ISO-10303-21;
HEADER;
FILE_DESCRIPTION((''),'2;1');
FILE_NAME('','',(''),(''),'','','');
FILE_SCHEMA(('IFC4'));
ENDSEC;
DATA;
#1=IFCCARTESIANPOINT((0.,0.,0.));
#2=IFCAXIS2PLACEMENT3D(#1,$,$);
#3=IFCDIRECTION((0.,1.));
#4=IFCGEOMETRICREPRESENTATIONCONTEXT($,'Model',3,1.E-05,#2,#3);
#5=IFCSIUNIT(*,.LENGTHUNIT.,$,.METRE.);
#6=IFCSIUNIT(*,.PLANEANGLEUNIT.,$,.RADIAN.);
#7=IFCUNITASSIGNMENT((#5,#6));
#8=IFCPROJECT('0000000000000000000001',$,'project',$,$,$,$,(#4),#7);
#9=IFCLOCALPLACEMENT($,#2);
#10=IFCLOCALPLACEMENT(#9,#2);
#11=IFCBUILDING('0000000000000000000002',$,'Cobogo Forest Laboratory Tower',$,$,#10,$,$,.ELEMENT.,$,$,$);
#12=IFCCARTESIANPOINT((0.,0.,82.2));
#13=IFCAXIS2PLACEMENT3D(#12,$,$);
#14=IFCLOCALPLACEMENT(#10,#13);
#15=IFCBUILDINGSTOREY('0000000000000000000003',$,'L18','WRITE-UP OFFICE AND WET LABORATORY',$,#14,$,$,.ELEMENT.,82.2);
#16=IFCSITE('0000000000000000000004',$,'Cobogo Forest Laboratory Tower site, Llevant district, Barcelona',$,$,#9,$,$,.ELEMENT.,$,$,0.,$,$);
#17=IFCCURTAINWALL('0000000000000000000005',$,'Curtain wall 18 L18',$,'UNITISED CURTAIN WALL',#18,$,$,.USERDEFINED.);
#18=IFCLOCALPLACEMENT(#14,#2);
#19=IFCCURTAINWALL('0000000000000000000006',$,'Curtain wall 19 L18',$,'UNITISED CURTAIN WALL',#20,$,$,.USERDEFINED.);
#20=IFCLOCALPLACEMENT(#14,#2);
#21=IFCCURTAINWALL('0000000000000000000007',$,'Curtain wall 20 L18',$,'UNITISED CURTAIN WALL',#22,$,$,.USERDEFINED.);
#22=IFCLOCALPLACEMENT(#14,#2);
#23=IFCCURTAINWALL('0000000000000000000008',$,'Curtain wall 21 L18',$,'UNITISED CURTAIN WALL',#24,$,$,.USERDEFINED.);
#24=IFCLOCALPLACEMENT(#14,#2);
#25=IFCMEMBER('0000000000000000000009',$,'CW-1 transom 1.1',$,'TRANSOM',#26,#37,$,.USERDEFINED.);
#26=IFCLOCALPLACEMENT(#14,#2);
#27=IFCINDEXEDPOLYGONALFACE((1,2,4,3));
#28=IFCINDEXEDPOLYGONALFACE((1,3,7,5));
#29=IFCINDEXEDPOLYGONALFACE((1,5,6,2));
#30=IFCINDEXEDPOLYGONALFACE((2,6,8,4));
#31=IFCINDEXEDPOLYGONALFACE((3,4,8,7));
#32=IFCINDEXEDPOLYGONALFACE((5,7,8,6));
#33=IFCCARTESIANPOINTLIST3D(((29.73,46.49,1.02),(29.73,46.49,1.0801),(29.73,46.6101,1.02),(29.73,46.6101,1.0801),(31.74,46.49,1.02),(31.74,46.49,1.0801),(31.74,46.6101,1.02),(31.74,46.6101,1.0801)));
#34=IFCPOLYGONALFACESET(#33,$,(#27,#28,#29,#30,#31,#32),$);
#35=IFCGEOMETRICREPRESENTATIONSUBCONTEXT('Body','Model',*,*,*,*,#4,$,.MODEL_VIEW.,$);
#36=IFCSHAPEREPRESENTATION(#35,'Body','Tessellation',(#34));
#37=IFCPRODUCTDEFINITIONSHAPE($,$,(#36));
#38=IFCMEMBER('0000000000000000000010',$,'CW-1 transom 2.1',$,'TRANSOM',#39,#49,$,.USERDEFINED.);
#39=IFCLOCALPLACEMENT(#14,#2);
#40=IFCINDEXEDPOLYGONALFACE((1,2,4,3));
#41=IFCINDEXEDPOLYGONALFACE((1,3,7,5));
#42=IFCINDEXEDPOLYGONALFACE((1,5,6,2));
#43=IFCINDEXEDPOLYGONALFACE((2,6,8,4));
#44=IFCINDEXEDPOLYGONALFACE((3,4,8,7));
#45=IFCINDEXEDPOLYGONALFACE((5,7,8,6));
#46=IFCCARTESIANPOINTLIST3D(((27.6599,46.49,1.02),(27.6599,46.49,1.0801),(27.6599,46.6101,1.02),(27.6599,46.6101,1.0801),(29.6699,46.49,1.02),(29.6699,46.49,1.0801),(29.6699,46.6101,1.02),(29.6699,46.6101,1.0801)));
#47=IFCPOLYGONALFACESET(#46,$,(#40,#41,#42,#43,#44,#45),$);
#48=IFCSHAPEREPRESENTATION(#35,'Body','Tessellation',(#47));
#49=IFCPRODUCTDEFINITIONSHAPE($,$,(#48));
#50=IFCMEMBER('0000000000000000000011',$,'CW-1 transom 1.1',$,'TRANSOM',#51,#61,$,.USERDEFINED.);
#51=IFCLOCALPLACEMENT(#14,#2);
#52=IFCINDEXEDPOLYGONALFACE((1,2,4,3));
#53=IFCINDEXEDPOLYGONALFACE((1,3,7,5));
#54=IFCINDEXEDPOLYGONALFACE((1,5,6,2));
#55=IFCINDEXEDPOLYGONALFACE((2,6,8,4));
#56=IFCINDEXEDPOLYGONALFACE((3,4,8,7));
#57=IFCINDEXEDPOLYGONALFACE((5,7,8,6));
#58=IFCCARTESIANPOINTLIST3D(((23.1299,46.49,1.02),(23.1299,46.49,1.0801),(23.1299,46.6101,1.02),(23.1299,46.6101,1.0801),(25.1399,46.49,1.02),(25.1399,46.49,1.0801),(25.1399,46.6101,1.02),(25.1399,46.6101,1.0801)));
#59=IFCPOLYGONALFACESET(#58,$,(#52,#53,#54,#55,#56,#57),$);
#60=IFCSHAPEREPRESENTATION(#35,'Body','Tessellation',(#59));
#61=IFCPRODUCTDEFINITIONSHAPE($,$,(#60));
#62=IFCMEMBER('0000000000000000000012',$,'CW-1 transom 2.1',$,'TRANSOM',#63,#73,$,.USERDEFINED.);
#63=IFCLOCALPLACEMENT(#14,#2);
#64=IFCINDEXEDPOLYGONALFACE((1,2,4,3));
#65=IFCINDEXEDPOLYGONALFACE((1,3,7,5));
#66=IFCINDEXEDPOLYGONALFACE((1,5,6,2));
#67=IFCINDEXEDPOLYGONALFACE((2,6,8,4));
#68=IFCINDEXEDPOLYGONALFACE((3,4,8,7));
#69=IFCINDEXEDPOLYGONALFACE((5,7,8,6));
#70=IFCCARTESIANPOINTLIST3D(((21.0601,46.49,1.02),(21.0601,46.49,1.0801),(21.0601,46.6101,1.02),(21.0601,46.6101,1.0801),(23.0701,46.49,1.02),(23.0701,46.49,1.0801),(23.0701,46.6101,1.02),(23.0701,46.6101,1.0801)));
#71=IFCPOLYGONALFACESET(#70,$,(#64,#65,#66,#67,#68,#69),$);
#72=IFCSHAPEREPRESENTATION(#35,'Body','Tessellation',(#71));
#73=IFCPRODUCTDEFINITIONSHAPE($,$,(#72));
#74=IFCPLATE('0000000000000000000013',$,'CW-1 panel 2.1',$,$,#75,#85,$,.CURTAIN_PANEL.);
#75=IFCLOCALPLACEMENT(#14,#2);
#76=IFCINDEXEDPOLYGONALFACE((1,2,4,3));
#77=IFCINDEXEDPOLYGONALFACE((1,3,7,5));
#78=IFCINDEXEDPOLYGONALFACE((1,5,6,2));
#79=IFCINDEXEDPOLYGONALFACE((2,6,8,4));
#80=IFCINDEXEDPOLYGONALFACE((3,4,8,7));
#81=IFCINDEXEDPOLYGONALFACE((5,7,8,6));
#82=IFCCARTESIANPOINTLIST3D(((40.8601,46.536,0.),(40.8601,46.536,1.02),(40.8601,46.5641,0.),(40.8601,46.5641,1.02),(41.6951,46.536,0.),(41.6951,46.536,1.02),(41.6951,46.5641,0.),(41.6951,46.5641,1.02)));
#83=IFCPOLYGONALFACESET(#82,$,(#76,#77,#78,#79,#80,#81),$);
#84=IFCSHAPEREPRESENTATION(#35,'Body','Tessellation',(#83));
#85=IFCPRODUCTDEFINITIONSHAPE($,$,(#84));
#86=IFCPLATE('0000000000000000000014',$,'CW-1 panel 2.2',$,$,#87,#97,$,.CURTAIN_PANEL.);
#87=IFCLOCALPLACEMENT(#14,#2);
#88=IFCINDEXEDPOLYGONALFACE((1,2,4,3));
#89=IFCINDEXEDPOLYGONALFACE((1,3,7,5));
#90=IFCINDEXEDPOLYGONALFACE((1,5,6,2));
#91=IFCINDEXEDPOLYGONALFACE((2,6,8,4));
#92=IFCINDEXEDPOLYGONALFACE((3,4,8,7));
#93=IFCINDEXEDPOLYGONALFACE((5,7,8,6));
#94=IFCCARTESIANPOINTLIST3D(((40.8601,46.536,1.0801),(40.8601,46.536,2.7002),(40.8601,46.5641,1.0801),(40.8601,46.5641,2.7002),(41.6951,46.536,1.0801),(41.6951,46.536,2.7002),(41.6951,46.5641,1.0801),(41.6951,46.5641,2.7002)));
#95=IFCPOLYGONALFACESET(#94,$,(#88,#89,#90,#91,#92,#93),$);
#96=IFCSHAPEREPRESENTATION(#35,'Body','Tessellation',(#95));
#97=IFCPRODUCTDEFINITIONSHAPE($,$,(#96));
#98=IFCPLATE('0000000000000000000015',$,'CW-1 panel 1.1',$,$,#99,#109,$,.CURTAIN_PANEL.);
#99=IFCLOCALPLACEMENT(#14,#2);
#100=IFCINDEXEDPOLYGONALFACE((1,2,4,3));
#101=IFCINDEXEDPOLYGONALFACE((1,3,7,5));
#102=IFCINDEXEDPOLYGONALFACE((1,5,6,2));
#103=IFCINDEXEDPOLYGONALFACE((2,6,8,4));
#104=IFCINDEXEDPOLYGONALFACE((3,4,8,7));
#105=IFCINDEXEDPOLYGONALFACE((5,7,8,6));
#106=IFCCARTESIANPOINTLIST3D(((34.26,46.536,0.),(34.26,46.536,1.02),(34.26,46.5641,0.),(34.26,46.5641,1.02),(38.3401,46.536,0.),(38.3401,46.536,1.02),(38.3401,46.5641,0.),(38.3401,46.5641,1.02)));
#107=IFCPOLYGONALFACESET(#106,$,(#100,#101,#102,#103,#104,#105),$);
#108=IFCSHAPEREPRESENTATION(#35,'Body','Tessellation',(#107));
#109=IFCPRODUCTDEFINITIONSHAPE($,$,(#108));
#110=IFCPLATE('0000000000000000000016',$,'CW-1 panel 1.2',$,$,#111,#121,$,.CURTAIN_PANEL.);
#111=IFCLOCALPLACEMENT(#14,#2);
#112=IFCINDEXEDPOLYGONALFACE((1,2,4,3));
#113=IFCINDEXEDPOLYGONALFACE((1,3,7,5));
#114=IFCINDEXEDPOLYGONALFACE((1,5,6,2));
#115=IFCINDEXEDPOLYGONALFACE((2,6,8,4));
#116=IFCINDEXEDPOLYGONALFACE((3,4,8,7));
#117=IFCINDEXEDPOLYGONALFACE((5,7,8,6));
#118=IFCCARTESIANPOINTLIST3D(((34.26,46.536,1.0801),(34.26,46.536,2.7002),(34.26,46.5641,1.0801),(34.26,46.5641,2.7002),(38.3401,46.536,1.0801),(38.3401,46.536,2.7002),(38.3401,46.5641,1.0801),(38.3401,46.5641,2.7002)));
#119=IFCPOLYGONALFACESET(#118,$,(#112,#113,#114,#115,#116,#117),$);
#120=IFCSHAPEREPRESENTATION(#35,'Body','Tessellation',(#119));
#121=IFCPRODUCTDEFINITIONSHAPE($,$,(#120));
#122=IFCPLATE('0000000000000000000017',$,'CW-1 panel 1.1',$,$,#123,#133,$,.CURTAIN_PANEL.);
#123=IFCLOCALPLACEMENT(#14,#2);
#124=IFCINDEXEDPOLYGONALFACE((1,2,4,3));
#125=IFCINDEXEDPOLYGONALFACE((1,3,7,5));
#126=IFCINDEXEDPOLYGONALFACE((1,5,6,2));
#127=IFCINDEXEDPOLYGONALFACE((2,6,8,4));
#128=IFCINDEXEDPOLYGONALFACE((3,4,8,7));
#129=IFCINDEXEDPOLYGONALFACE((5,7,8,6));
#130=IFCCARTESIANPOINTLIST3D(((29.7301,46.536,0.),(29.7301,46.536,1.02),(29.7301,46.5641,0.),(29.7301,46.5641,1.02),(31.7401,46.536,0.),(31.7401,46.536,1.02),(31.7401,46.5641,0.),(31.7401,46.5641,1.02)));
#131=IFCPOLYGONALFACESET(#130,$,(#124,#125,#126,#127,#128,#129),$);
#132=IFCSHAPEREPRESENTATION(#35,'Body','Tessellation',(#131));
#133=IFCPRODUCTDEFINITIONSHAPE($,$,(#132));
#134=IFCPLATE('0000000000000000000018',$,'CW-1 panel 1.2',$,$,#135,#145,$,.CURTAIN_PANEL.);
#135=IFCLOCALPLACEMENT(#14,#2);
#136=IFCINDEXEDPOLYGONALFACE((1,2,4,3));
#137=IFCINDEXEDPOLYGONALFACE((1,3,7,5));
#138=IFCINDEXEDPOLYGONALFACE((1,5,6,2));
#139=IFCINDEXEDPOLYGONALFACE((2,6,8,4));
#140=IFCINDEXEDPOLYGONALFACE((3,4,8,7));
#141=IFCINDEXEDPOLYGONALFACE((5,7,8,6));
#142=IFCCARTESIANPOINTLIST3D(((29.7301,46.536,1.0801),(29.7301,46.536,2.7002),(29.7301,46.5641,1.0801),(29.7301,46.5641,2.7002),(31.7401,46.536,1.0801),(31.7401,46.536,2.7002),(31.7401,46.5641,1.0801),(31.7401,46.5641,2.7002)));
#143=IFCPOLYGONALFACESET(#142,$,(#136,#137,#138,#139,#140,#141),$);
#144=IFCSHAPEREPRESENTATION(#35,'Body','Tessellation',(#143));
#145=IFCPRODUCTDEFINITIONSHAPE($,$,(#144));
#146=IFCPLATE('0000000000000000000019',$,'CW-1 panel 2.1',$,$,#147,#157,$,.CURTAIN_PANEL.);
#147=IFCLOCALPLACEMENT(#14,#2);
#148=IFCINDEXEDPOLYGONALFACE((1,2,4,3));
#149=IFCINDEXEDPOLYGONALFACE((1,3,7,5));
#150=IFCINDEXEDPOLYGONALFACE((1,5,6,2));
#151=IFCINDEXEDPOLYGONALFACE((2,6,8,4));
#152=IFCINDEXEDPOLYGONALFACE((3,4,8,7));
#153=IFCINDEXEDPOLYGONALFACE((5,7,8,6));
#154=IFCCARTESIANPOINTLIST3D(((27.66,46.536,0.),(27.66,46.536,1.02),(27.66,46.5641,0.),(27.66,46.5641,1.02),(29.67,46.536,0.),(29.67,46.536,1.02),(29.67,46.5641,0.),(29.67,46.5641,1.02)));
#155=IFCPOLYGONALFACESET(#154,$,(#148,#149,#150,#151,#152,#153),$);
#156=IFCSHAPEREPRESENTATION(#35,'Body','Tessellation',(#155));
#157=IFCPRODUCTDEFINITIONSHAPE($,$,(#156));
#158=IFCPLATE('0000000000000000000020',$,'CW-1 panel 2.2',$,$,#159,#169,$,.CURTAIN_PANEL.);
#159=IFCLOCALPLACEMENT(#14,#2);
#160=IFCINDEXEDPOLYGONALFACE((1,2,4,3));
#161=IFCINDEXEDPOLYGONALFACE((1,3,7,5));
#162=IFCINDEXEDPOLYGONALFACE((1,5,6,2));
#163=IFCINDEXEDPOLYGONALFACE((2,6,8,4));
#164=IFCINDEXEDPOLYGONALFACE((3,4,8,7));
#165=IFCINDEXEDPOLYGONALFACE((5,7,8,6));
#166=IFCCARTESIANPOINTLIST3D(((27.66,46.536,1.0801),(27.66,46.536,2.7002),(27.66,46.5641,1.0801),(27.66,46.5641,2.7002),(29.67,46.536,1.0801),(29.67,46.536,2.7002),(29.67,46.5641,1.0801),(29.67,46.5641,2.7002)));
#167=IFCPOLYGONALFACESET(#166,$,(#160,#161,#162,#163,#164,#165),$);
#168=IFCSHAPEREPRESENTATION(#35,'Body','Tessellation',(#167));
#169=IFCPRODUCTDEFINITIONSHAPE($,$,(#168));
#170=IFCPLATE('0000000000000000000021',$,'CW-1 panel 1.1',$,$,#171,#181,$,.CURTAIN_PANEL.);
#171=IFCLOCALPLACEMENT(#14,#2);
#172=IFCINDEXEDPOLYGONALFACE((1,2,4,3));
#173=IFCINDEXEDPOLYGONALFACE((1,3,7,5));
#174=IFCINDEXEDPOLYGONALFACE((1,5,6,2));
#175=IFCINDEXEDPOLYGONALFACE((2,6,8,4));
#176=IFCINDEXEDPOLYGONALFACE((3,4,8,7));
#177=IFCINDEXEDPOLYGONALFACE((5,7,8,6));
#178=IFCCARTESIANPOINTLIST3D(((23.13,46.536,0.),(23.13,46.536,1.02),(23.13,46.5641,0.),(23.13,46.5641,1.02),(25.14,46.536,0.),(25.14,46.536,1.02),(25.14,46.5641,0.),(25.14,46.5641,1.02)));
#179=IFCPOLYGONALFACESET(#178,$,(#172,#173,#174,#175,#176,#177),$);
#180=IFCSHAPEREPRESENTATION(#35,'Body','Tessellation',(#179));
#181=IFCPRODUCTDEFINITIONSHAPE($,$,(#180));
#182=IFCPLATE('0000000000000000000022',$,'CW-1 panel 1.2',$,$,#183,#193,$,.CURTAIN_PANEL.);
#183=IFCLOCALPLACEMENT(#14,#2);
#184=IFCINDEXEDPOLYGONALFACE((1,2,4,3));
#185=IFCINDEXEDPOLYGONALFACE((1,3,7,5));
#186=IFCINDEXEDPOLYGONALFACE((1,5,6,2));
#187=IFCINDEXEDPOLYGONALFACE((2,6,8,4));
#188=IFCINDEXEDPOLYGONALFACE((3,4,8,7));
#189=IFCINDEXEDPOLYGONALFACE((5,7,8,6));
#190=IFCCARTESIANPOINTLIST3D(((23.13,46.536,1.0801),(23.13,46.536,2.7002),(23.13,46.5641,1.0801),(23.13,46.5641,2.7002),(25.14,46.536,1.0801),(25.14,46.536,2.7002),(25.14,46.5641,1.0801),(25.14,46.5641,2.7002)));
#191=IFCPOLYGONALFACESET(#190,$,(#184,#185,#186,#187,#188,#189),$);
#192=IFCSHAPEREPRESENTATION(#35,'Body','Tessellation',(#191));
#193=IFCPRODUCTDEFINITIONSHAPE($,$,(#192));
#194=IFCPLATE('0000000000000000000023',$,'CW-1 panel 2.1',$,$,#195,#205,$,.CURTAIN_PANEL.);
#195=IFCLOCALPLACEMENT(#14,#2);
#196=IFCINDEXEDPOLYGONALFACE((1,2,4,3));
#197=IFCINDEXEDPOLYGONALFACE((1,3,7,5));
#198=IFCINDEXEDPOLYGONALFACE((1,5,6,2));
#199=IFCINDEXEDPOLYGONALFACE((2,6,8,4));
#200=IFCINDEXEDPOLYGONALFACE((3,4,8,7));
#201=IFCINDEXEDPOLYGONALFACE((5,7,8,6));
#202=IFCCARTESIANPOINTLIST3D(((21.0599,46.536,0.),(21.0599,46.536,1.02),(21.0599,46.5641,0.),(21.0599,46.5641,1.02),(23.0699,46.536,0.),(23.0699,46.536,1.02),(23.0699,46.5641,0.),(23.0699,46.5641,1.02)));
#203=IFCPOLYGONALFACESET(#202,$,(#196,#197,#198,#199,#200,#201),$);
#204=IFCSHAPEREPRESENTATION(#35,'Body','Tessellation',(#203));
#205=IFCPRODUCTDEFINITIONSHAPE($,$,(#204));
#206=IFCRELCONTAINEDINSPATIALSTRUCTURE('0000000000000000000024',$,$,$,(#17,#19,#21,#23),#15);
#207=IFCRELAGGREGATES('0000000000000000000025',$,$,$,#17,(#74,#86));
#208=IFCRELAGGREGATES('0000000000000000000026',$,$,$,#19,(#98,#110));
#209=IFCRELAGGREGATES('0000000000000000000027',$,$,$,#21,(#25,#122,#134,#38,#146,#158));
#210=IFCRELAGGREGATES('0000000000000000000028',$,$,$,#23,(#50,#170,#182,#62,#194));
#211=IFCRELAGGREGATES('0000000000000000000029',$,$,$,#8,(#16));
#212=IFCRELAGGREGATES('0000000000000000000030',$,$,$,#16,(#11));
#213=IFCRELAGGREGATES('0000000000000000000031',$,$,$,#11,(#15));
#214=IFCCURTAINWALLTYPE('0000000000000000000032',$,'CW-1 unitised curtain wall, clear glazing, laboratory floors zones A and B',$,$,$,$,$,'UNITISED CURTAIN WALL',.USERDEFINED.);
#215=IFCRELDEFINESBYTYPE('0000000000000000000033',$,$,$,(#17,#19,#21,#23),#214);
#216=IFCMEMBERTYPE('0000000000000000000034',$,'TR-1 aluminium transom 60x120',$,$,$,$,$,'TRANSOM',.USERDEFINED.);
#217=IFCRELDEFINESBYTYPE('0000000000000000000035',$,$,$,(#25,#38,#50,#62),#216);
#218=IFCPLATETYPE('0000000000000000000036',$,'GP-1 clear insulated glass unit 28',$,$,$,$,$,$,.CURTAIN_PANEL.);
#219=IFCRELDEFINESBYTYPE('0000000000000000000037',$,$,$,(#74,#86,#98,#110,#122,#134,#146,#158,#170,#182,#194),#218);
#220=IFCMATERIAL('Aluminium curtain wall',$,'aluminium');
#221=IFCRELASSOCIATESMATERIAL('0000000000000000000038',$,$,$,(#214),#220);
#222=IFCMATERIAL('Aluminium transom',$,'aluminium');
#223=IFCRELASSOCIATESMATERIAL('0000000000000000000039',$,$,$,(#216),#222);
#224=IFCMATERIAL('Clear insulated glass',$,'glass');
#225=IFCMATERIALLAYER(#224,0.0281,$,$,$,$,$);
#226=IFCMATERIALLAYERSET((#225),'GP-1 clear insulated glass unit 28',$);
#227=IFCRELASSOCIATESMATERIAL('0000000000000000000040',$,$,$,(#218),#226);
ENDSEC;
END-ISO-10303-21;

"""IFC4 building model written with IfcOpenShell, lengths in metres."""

from ifc_helpers import new_model, si_unit, direction, frame, origin, origin_2d, place, context, subcontext, project, spatial, rectangle, extrude, material, layer, layer_set, material_profile, profile_set, type_object, element, aggregate, save


model = new_model("IFC4")

# Units and contexts
model_context = context("Model", 3, precision=1e-05, world=origin(), true_north=direction((0.0, 1.0)))
body_context = subcontext(model_context, "Body", "Model", "MODEL_VIEW")
ifc_project = project(units=[si_unit("LENGTHUNIT", "METRE"), si_unit("PLANEANGLEUNIT", "RADIAN")], contexts=[model_context])

# Site, building, storey
site_placement = place(None, origin())
site = spatial("IfcSite", under=ifc_project, at=site_placement, Name="Cobogo Forest Laboratory Tower site, Llevant district, Barcelona", CompositionType="ELEMENT", RefElevation=0.0)
building_placement = place(site_placement, origin())
building = spatial("IfcBuilding", under=site, at=building_placement, Name="Cobogo Forest Laboratory Tower", CompositionType="ELEMENT")
storey_placement = place(building_placement, frame((0.0, 0.0, 82.2)))
storey = spatial("IfcBuildingStorey", under=building, at=storey_placement, Name="L18", Description="WRITE-UP OFFICE AND WET LABORATORY", CompositionType="ELEMENT", Elevation=82.2)

# Curtain wall
ifc_material_1 = material(Name="Aluminium curtain wall", Category="aluminium")
curtain_wall_type = type_object("IfcCurtainWallType", Name="CW-1 unitised curtain wall, clear glazing, laboratory floors zones A and B", ElementType="UNITISED CURTAIN WALL", PredefinedType="USERDEFINED", material=ifc_material_1)
curtain_wall_1_placement = place(storey_placement, origin())
curtain_wall_1 = element("IfcCurtainWall", 1, at=curtain_wall_1_placement, inside=storey, type_object=curtain_wall_type, Name="Curtain wall 18 L18", ObjectType="UNITISED CURTAIN WALL", PredefinedType="USERDEFINED")

# Curtain walls
curtain_wall_2_placement = place(storey_placement, origin())
curtain_wall_2 = element("IfcCurtainWall", 2, at=curtain_wall_2_placement, inside=storey, type_object=curtain_wall_type, Name="Curtain wall 19 L18", ObjectType="UNITISED CURTAIN WALL", PredefinedType="USERDEFINED")
curtain_wall_3_placement = place(storey_placement, origin())
curtain_wall_3 = element("IfcCurtainWall", 3, at=curtain_wall_3_placement, inside=storey, type_object=curtain_wall_type, Name="Curtain wall 20 L18", ObjectType="UNITISED CURTAIN WALL", PredefinedType="USERDEFINED")
curtain_wall_4_placement = place(storey_placement, origin())
curtain_wall_4 = element("IfcCurtainWall", 4, at=curtain_wall_4_placement, inside=storey, type_object=curtain_wall_type, Name="Curtain wall 21 L18", ObjectType="UNITISED CURTAIN WALL", PredefinedType="USERDEFINED")

# Members
ifc_material_2 = material(Name="Aluminium transom", Category="aluminium")
ifc_material_profile_1 = material_profile(ifc_material_2, rectangle(XDim=0.1201, YDim=0.0601, at=origin_2d()), Name="AL 60x120")
ifc_profile_set_1 = profile_set([ifc_material_profile_1], Name="Aluminium transom")
member_type_1 = type_object("IfcMemberType", Name="TR-1 aluminium transom 60x120", ElementType="TRANSOM", PredefinedType="USERDEFINED", material=ifc_profile_set_1)
member_1_placement = place(storey_placement, frame((31.74, 46.55, 1.05), z_axis=(-1.0, 0.0, 0.0), x_axis=(0.0, -1.0, 0.0)))
member_1 = element("IfcMember", 5, at=member_1_placement, type_object=member_type_1, Name="CW-1 transom 1.1", ObjectType="TRANSOM", PredefinedType="USERDEFINED", context=body_context, shape_type="SweptSolid", body=[
    extrude(rectangle(XDim=0.1201, YDim=0.0601, at=origin_2d()), origin(), (0.0, 0.0, 1.0), 2.01),
])
member_2_placement = place(storey_placement, frame((29.6699, 46.55, 1.05), z_axis=(-1.0, 0.0, 0.0), x_axis=(0.0, -1.0, 0.0)))
member_2 = element("IfcMember", 6, at=member_2_placement, type_object=member_type_1, Name="CW-1 transom 2.1", ObjectType="TRANSOM", PredefinedType="USERDEFINED", context=body_context, shape_type="SweptSolid", body=[
    extrude(rectangle(XDim=0.1201, YDim=0.0601, at=origin_2d()), origin(), (0.0, 0.0, 1.0), 2.01),
])
member_3_placement = place(storey_placement, frame((25.1399, 46.55, 1.05), z_axis=(-1.0, 0.0, 0.0), x_axis=(0.0, -1.0, 0.0)))
member_3 = element("IfcMember", 7, at=member_3_placement, type_object=member_type_1, Name="CW-1 transom 1.1", ObjectType="TRANSOM", PredefinedType="USERDEFINED", context=body_context, shape_type="SweptSolid", body=[
    extrude(rectangle(XDim=0.1201, YDim=0.0601, at=origin_2d()), origin(), (0.0, 0.0, 1.0), 2.01),
])
member_4_placement = place(storey_placement, frame((23.0701, 46.55, 1.05), z_axis=(-1.0, 0.0, 0.0), x_axis=(0.0, -1.0, 0.0)))
member_4 = element("IfcMember", 8, at=member_4_placement, type_object=member_type_1, Name="CW-1 transom 2.1", ObjectType="TRANSOM", PredefinedType="USERDEFINED", context=body_context, shape_type="SweptSolid", body=[
    extrude(rectangle(XDim=0.1201, YDim=0.0601, at=origin_2d()), origin(), (0.0, 0.0, 1.0), 2.01),
])

# Plates
ifc_material_3 = material(Name="Clear insulated glass", Category="glass")
ifc_layer_1 = layer(ifc_material_3, 0.0281)
ifc_layer_set_1 = layer_set([ifc_layer_1], Name="GP-1 clear insulated glass unit 28")
plate_type_1 = type_object("IfcPlateType", Name="GP-1 clear insulated glass unit 28", PredefinedType="CURTAIN_PANEL", material=ifc_layer_set_1)
plate_1_placement = place(storey_placement, frame((41.2776, 46.55, 0.0), z_axis=(0.0, 0.0, 1.0), x_axis=(-1.0, 0.0, 0.0)))
plate_1 = element("IfcPlate", 9, at=plate_1_placement, type_object=plate_type_1, Name="CW-1 panel 2.1", PredefinedType="CURTAIN_PANEL", context=body_context, shape_type="SweptSolid", body=[
    extrude(rectangle(XDim=0.835, YDim=0.0281, at=origin_2d()), origin(), (0.0, 0.0, 1.0), 1.02),
])
plate_2_placement = place(storey_placement, frame((41.2776, 46.55, 1.0801), z_axis=(0.0, 0.0, 1.0), x_axis=(-1.0, 0.0, 0.0)))
plate_2 = element("IfcPlate", 10, at=plate_2_placement, type_object=plate_type_1, Name="CW-1 panel 2.2", PredefinedType="CURTAIN_PANEL", context=body_context, shape_type="SweptSolid", body=[
    extrude(rectangle(XDim=0.835, YDim=0.0281, at=origin_2d()), origin(), (0.0, 0.0, 1.0), 1.6201),
])
aggregate(curtain_wall_1, [plate_1, plate_2])
plate_3_placement = place(storey_placement, frame((36.3, 46.55, 0.0), z_axis=(0.0, 0.0, 1.0), x_axis=(-1.0, 0.0, 0.0)))
plate_3 = element("IfcPlate", 11, at=plate_3_placement, type_object=plate_type_1, Name="CW-1 panel 1.1", PredefinedType="CURTAIN_PANEL", context=body_context, shape_type="SweptSolid", body=[
    extrude(rectangle(XDim=4.0801, YDim=0.0281, at=origin_2d()), origin(), (0.0, 0.0, 1.0), 1.02),
])
plate_4_placement = place(storey_placement, frame((36.3, 46.55, 1.0801), z_axis=(0.0, 0.0, 1.0), x_axis=(-1.0, 0.0, 0.0)))
plate_4 = element("IfcPlate", 12, at=plate_4_placement, type_object=plate_type_1, Name="CW-1 panel 1.2", PredefinedType="CURTAIN_PANEL", context=body_context, shape_type="SweptSolid", body=[
    extrude(rectangle(XDim=4.0801, YDim=0.0281, at=origin_2d()), origin(), (0.0, 0.0, 1.0), 1.6201),
])
aggregate(curtain_wall_2, [plate_3, plate_4])
plate_5_placement = place(storey_placement, frame((30.7351, 46.55, 0.0), z_axis=(0.0, 0.0, 1.0), x_axis=(-1.0, 0.0, 0.0)))
plate_5 = element("IfcPlate", 13, at=plate_5_placement, type_object=plate_type_1, Name="CW-1 panel 1.1", PredefinedType="CURTAIN_PANEL", context=body_context, shape_type="SweptSolid", body=[
    extrude(rectangle(XDim=2.01, YDim=0.0281, at=origin_2d()), origin(), (0.0, 0.0, 1.0), 1.02),
])
plate_6_placement = place(storey_placement, frame((30.7351, 46.55, 1.0801), z_axis=(0.0, 0.0, 1.0), x_axis=(-1.0, 0.0, 0.0)))
plate_6 = element("IfcPlate", 14, at=plate_6_placement, type_object=plate_type_1, Name="CW-1 panel 1.2", PredefinedType="CURTAIN_PANEL", context=body_context, shape_type="SweptSolid", body=[
    extrude(rectangle(XDim=2.01, YDim=0.0281, at=origin_2d()), origin(), (0.0, 0.0, 1.0), 1.6201),
])
plate_7_placement = place(storey_placement, frame((28.665, 46.55, 0.0), z_axis=(0.0, 0.0, 1.0), x_axis=(-1.0, 0.0, 0.0)))
plate_7 = element("IfcPlate", 15, at=plate_7_placement, type_object=plate_type_1, Name="CW-1 panel 2.1", PredefinedType="CURTAIN_PANEL", context=body_context, shape_type="SweptSolid", body=[
    extrude(rectangle(XDim=2.01, YDim=0.0281, at=origin_2d()), origin(), (0.0, 0.0, 1.0), 1.02),
])
plate_8_placement = place(storey_placement, frame((28.665, 46.55, 1.0801), z_axis=(0.0, 0.0, 1.0), x_axis=(-1.0, 0.0, 0.0)))
plate_8 = element("IfcPlate", 16, at=plate_8_placement, type_object=plate_type_1, Name="CW-1 panel 2.2", PredefinedType="CURTAIN_PANEL", context=body_context, shape_type="SweptSolid", body=[
    extrude(rectangle(XDim=2.01, YDim=0.0281, at=origin_2d()), origin(), (0.0, 0.0, 1.0), 1.6201),
])
aggregate(curtain_wall_3, [member_1, plate_5, plate_6, member_2, plate_7, plate_8])
plate_9_placement = place(storey_placement, frame((24.135, 46.55, 0.0), z_axis=(0.0, 0.0, 1.0), x_axis=(-1.0, 0.0, 0.0)))
plate_9 = element("IfcPlate", 17, at=plate_9_placement, type_object=plate_type_1, Name="CW-1 panel 1.1", PredefinedType="CURTAIN_PANEL", context=body_context, shape_type="SweptSolid", body=[
    extrude(rectangle(XDim=2.01, YDim=0.0281, at=origin_2d()), origin(), (0.0, 0.0, 1.0), 1.02),
])
plate_10_placement = place(storey_placement, frame((24.135, 46.55, 1.0801), z_axis=(0.0, 0.0, 1.0), x_axis=(-1.0, 0.0, 0.0)))
plate_10 = element("IfcPlate", 18, at=plate_10_placement, type_object=plate_type_1, Name="CW-1 panel 1.2", PredefinedType="CURTAIN_PANEL", context=body_context, shape_type="SweptSolid", body=[
    extrude(rectangle(XDim=2.01, YDim=0.0281, at=origin_2d()), origin(), (0.0, 0.0, 1.0), 1.6201),
])
plate_11_placement = place(storey_placement, frame((22.0649, 46.55, 0.0), z_axis=(0.0, 0.0, 1.0), x_axis=(-1.0, 0.0, 0.0)))
plate_11 = element("IfcPlate", 19, at=plate_11_placement, type_object=plate_type_1, Name="CW-1 panel 2.1", PredefinedType="CURTAIN_PANEL", context=body_context, shape_type="SweptSolid", body=[
    extrude(rectangle(XDim=2.01, YDim=0.0281, at=origin_2d()), origin(), (0.0, 0.0, 1.0), 1.02),
])
aggregate(curtain_wall_4, [member_3, plate_9, plate_10, member_4, plate_11])

save(model, "model.ifc")
